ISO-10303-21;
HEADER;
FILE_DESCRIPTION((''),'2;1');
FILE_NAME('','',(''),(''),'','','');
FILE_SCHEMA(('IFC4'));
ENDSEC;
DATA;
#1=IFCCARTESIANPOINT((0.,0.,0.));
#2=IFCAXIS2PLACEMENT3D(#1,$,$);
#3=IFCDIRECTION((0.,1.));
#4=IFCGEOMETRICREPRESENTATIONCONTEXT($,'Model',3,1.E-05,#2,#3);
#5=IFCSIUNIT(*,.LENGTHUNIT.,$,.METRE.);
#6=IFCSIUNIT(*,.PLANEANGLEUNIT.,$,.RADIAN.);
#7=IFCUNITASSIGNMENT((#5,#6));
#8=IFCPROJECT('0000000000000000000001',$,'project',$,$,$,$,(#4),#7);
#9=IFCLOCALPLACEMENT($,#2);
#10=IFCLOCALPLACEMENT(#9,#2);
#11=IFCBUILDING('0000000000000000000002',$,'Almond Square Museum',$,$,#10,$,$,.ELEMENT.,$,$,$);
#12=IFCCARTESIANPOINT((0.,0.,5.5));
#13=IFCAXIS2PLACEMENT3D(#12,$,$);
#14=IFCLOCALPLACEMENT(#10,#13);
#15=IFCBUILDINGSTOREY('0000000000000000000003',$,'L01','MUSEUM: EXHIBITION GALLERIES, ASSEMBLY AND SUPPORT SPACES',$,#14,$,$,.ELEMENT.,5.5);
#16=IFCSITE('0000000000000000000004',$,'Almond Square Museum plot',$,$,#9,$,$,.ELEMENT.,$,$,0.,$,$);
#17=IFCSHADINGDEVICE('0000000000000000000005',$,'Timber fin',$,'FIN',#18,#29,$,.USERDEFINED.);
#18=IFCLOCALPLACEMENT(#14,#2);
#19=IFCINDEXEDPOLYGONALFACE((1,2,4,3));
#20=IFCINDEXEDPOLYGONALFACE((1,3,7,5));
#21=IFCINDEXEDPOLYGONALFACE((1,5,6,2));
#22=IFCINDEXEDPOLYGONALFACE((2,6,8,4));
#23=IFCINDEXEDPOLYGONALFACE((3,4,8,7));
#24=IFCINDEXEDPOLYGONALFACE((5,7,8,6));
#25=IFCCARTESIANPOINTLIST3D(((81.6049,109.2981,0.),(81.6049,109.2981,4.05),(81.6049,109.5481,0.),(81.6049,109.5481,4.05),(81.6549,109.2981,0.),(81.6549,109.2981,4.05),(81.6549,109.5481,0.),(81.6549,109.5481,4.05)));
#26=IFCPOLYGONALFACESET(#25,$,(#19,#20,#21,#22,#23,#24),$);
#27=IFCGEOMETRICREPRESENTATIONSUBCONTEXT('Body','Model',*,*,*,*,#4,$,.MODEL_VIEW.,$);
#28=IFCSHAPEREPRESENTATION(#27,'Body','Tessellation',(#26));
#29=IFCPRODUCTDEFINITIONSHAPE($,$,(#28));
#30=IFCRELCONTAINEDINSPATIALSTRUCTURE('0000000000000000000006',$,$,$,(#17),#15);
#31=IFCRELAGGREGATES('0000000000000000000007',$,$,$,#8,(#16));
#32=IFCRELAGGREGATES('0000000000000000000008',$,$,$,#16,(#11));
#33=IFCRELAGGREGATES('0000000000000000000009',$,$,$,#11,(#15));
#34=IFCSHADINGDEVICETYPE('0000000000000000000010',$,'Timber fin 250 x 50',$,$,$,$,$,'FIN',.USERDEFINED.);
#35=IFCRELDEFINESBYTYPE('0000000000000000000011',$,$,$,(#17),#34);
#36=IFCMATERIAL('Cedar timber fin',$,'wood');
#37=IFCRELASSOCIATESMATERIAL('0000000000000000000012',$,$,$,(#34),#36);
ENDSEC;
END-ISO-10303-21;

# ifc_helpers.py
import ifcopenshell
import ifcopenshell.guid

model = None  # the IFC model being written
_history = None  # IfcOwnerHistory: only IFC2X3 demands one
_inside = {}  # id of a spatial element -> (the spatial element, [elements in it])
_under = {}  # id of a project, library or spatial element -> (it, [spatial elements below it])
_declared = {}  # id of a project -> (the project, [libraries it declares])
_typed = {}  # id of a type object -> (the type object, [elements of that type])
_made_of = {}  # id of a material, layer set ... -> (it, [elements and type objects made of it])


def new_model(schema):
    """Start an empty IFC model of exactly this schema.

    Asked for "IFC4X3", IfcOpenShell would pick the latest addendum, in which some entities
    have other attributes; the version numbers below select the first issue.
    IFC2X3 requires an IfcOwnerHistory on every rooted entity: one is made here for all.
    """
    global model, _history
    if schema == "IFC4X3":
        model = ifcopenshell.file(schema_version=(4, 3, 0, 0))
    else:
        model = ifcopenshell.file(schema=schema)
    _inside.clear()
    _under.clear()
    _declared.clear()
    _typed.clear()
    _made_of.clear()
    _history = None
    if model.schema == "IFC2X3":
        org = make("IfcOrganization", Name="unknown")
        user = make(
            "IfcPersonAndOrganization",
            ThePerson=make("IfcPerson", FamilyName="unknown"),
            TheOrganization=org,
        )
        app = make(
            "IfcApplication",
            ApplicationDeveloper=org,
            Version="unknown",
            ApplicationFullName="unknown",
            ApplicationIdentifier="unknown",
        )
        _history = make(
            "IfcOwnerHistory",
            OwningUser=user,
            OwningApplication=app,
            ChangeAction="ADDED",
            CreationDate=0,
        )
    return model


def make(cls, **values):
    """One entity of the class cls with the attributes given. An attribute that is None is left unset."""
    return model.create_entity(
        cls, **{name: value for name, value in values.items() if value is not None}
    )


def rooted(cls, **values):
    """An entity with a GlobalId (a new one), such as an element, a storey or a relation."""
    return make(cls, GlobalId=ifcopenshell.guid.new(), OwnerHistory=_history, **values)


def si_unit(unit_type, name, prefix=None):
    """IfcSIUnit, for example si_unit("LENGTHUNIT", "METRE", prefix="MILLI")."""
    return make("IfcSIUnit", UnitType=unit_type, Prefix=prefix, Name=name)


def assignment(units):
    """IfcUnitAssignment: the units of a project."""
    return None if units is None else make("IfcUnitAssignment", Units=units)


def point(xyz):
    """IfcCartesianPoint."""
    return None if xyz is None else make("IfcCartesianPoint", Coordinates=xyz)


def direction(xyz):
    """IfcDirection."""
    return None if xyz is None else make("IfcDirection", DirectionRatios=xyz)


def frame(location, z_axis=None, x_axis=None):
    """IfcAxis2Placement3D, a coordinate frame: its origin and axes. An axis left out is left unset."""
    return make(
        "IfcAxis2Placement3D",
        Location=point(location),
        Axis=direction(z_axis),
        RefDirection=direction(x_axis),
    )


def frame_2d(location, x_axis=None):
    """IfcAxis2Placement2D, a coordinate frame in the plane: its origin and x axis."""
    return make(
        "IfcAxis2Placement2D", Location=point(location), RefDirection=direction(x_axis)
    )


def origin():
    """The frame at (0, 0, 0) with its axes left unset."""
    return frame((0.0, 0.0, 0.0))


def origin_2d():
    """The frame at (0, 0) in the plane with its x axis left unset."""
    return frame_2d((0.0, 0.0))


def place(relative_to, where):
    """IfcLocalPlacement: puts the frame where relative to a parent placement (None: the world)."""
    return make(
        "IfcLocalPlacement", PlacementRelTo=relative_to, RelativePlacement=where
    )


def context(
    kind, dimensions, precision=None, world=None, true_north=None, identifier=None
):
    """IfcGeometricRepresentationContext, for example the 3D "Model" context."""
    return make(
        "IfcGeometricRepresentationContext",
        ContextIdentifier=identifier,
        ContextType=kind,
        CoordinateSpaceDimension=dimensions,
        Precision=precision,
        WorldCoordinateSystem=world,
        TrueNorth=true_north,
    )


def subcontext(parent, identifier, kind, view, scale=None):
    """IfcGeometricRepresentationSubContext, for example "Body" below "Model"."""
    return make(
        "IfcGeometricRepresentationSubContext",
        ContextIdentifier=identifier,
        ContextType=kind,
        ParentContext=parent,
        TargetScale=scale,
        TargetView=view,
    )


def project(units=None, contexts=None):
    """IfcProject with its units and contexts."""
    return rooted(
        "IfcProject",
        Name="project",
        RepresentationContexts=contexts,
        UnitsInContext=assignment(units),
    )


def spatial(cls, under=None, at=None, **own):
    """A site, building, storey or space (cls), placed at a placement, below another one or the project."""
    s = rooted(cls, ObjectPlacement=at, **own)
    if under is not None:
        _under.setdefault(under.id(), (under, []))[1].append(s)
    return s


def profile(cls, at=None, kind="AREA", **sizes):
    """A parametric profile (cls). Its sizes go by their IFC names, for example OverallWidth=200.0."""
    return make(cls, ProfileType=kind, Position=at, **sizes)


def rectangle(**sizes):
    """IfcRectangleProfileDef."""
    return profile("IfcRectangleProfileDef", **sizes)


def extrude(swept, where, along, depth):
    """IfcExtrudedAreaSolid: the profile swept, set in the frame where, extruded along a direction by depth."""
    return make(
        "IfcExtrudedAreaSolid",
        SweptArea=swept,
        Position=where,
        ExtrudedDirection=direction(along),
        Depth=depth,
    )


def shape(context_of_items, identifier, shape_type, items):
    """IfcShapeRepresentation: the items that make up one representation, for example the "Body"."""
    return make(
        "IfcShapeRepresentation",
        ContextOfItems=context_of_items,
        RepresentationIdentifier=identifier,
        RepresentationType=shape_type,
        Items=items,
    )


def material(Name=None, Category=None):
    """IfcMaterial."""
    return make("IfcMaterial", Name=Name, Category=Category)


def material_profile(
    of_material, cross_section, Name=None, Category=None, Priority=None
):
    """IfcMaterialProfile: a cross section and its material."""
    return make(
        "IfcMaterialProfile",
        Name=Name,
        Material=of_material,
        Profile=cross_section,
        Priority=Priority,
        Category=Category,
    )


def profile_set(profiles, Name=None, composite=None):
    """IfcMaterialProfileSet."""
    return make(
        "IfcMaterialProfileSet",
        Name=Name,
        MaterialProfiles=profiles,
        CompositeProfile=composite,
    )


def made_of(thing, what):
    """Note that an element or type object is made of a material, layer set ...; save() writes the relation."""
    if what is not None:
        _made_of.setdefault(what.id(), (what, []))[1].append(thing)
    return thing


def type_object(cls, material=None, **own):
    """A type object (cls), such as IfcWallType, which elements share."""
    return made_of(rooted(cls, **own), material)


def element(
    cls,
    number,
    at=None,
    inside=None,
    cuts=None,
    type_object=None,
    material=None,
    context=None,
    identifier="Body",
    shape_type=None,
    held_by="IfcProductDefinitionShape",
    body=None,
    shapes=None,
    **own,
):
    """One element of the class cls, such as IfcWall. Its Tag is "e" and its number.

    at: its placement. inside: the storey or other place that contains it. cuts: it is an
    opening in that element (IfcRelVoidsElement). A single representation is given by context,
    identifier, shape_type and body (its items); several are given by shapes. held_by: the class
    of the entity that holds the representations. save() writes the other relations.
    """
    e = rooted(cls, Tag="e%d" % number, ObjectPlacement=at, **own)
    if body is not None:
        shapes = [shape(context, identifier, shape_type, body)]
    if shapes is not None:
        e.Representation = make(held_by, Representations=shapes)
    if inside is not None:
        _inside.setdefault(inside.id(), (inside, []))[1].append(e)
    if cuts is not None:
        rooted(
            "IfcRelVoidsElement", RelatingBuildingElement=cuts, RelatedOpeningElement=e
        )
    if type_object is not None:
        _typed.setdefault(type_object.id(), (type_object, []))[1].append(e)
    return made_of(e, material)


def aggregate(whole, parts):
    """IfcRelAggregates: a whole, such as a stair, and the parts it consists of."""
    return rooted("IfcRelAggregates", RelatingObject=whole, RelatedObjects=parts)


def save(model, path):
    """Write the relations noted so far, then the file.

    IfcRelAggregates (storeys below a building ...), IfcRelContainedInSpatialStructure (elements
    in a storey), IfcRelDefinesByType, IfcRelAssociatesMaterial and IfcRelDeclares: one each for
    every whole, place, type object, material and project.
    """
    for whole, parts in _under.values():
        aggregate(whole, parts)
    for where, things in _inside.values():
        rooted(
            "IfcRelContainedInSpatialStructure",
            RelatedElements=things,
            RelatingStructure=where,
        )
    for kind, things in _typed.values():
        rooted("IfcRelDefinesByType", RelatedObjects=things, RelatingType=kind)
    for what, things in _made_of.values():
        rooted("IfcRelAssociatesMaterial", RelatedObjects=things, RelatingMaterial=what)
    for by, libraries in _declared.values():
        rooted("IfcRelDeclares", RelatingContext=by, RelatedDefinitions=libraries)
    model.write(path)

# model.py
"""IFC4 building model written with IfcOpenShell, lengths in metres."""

from ifc_helpers import new_model, si_unit, direction, frame, origin, origin_2d, place, context, subcontext, project, spatial, rectangle, extrude, material, material_profile, profile_set, type_object, element, save


model = new_model("IFC4")

# Units and contexts
model_context = context("Model", 3, precision=1e-05, world=origin(), true_north=direction((0.0, 1.0)))
body_context = subcontext(model_context, "Body", "Model", "MODEL_VIEW")
ifc_project = project(units=[si_unit("LENGTHUNIT", "METRE"), si_unit("PLANEANGLEUNIT", "RADIAN")], contexts=[model_context])

# Site, building, storey
site_placement = place(None, origin())
site = spatial("IfcSite", under=ifc_project, at=site_placement, Name="Almond Square Museum plot", CompositionType="ELEMENT", RefElevation=0.0)
building_placement = place(site_placement, origin())
building = spatial("IfcBuilding", under=site, at=building_placement, Name="Almond Square Museum", CompositionType="ELEMENT")
storey_placement = place(building_placement, frame((0.0, 0.0, 5.5)))
storey = spatial("IfcBuildingStorey", under=building, at=storey_placement, Name="L01", Description="MUSEUM: EXHIBITION GALLERIES, ASSEMBLY AND SUPPORT SPACES", CompositionType="ELEMENT", Elevation=5.5)

# Shading device
ifc_material_1 = material(Name="Cedar timber fin", Category="wood")
ifc_material_profile_1 = material_profile(ifc_material_1, rectangle(XDim=0.25, YDim=0.05, at=origin_2d()))
ifc_profile_set_1 = profile_set([ifc_material_profile_1], Name="Cedar timber fin")
shading_device_type = type_object("IfcShadingDeviceType", Name="Timber fin 250 x 50", ElementType="FIN", PredefinedType="USERDEFINED", material=ifc_profile_set_1)
shading_device_placement = place(storey_placement, frame((81.6299, 109.4231, 0.0), z_axis=(0.0, 0.0, 1.0), x_axis=(0.0, 1.0, 0.0)))
element("IfcShadingDevice", 1, at=shading_device_placement, inside=storey, type_object=shading_device_type, Name="Timber fin", ObjectType="FIN", PredefinedType="USERDEFINED", context=body_context, shape_type="SweptSolid", body=[
    extrude(rectangle(XDim=0.25, YDim=0.05, at=origin_2d()), origin(), (0.0, 0.0, 1.0), 4.05),
])

save(model, "model.ifc")
